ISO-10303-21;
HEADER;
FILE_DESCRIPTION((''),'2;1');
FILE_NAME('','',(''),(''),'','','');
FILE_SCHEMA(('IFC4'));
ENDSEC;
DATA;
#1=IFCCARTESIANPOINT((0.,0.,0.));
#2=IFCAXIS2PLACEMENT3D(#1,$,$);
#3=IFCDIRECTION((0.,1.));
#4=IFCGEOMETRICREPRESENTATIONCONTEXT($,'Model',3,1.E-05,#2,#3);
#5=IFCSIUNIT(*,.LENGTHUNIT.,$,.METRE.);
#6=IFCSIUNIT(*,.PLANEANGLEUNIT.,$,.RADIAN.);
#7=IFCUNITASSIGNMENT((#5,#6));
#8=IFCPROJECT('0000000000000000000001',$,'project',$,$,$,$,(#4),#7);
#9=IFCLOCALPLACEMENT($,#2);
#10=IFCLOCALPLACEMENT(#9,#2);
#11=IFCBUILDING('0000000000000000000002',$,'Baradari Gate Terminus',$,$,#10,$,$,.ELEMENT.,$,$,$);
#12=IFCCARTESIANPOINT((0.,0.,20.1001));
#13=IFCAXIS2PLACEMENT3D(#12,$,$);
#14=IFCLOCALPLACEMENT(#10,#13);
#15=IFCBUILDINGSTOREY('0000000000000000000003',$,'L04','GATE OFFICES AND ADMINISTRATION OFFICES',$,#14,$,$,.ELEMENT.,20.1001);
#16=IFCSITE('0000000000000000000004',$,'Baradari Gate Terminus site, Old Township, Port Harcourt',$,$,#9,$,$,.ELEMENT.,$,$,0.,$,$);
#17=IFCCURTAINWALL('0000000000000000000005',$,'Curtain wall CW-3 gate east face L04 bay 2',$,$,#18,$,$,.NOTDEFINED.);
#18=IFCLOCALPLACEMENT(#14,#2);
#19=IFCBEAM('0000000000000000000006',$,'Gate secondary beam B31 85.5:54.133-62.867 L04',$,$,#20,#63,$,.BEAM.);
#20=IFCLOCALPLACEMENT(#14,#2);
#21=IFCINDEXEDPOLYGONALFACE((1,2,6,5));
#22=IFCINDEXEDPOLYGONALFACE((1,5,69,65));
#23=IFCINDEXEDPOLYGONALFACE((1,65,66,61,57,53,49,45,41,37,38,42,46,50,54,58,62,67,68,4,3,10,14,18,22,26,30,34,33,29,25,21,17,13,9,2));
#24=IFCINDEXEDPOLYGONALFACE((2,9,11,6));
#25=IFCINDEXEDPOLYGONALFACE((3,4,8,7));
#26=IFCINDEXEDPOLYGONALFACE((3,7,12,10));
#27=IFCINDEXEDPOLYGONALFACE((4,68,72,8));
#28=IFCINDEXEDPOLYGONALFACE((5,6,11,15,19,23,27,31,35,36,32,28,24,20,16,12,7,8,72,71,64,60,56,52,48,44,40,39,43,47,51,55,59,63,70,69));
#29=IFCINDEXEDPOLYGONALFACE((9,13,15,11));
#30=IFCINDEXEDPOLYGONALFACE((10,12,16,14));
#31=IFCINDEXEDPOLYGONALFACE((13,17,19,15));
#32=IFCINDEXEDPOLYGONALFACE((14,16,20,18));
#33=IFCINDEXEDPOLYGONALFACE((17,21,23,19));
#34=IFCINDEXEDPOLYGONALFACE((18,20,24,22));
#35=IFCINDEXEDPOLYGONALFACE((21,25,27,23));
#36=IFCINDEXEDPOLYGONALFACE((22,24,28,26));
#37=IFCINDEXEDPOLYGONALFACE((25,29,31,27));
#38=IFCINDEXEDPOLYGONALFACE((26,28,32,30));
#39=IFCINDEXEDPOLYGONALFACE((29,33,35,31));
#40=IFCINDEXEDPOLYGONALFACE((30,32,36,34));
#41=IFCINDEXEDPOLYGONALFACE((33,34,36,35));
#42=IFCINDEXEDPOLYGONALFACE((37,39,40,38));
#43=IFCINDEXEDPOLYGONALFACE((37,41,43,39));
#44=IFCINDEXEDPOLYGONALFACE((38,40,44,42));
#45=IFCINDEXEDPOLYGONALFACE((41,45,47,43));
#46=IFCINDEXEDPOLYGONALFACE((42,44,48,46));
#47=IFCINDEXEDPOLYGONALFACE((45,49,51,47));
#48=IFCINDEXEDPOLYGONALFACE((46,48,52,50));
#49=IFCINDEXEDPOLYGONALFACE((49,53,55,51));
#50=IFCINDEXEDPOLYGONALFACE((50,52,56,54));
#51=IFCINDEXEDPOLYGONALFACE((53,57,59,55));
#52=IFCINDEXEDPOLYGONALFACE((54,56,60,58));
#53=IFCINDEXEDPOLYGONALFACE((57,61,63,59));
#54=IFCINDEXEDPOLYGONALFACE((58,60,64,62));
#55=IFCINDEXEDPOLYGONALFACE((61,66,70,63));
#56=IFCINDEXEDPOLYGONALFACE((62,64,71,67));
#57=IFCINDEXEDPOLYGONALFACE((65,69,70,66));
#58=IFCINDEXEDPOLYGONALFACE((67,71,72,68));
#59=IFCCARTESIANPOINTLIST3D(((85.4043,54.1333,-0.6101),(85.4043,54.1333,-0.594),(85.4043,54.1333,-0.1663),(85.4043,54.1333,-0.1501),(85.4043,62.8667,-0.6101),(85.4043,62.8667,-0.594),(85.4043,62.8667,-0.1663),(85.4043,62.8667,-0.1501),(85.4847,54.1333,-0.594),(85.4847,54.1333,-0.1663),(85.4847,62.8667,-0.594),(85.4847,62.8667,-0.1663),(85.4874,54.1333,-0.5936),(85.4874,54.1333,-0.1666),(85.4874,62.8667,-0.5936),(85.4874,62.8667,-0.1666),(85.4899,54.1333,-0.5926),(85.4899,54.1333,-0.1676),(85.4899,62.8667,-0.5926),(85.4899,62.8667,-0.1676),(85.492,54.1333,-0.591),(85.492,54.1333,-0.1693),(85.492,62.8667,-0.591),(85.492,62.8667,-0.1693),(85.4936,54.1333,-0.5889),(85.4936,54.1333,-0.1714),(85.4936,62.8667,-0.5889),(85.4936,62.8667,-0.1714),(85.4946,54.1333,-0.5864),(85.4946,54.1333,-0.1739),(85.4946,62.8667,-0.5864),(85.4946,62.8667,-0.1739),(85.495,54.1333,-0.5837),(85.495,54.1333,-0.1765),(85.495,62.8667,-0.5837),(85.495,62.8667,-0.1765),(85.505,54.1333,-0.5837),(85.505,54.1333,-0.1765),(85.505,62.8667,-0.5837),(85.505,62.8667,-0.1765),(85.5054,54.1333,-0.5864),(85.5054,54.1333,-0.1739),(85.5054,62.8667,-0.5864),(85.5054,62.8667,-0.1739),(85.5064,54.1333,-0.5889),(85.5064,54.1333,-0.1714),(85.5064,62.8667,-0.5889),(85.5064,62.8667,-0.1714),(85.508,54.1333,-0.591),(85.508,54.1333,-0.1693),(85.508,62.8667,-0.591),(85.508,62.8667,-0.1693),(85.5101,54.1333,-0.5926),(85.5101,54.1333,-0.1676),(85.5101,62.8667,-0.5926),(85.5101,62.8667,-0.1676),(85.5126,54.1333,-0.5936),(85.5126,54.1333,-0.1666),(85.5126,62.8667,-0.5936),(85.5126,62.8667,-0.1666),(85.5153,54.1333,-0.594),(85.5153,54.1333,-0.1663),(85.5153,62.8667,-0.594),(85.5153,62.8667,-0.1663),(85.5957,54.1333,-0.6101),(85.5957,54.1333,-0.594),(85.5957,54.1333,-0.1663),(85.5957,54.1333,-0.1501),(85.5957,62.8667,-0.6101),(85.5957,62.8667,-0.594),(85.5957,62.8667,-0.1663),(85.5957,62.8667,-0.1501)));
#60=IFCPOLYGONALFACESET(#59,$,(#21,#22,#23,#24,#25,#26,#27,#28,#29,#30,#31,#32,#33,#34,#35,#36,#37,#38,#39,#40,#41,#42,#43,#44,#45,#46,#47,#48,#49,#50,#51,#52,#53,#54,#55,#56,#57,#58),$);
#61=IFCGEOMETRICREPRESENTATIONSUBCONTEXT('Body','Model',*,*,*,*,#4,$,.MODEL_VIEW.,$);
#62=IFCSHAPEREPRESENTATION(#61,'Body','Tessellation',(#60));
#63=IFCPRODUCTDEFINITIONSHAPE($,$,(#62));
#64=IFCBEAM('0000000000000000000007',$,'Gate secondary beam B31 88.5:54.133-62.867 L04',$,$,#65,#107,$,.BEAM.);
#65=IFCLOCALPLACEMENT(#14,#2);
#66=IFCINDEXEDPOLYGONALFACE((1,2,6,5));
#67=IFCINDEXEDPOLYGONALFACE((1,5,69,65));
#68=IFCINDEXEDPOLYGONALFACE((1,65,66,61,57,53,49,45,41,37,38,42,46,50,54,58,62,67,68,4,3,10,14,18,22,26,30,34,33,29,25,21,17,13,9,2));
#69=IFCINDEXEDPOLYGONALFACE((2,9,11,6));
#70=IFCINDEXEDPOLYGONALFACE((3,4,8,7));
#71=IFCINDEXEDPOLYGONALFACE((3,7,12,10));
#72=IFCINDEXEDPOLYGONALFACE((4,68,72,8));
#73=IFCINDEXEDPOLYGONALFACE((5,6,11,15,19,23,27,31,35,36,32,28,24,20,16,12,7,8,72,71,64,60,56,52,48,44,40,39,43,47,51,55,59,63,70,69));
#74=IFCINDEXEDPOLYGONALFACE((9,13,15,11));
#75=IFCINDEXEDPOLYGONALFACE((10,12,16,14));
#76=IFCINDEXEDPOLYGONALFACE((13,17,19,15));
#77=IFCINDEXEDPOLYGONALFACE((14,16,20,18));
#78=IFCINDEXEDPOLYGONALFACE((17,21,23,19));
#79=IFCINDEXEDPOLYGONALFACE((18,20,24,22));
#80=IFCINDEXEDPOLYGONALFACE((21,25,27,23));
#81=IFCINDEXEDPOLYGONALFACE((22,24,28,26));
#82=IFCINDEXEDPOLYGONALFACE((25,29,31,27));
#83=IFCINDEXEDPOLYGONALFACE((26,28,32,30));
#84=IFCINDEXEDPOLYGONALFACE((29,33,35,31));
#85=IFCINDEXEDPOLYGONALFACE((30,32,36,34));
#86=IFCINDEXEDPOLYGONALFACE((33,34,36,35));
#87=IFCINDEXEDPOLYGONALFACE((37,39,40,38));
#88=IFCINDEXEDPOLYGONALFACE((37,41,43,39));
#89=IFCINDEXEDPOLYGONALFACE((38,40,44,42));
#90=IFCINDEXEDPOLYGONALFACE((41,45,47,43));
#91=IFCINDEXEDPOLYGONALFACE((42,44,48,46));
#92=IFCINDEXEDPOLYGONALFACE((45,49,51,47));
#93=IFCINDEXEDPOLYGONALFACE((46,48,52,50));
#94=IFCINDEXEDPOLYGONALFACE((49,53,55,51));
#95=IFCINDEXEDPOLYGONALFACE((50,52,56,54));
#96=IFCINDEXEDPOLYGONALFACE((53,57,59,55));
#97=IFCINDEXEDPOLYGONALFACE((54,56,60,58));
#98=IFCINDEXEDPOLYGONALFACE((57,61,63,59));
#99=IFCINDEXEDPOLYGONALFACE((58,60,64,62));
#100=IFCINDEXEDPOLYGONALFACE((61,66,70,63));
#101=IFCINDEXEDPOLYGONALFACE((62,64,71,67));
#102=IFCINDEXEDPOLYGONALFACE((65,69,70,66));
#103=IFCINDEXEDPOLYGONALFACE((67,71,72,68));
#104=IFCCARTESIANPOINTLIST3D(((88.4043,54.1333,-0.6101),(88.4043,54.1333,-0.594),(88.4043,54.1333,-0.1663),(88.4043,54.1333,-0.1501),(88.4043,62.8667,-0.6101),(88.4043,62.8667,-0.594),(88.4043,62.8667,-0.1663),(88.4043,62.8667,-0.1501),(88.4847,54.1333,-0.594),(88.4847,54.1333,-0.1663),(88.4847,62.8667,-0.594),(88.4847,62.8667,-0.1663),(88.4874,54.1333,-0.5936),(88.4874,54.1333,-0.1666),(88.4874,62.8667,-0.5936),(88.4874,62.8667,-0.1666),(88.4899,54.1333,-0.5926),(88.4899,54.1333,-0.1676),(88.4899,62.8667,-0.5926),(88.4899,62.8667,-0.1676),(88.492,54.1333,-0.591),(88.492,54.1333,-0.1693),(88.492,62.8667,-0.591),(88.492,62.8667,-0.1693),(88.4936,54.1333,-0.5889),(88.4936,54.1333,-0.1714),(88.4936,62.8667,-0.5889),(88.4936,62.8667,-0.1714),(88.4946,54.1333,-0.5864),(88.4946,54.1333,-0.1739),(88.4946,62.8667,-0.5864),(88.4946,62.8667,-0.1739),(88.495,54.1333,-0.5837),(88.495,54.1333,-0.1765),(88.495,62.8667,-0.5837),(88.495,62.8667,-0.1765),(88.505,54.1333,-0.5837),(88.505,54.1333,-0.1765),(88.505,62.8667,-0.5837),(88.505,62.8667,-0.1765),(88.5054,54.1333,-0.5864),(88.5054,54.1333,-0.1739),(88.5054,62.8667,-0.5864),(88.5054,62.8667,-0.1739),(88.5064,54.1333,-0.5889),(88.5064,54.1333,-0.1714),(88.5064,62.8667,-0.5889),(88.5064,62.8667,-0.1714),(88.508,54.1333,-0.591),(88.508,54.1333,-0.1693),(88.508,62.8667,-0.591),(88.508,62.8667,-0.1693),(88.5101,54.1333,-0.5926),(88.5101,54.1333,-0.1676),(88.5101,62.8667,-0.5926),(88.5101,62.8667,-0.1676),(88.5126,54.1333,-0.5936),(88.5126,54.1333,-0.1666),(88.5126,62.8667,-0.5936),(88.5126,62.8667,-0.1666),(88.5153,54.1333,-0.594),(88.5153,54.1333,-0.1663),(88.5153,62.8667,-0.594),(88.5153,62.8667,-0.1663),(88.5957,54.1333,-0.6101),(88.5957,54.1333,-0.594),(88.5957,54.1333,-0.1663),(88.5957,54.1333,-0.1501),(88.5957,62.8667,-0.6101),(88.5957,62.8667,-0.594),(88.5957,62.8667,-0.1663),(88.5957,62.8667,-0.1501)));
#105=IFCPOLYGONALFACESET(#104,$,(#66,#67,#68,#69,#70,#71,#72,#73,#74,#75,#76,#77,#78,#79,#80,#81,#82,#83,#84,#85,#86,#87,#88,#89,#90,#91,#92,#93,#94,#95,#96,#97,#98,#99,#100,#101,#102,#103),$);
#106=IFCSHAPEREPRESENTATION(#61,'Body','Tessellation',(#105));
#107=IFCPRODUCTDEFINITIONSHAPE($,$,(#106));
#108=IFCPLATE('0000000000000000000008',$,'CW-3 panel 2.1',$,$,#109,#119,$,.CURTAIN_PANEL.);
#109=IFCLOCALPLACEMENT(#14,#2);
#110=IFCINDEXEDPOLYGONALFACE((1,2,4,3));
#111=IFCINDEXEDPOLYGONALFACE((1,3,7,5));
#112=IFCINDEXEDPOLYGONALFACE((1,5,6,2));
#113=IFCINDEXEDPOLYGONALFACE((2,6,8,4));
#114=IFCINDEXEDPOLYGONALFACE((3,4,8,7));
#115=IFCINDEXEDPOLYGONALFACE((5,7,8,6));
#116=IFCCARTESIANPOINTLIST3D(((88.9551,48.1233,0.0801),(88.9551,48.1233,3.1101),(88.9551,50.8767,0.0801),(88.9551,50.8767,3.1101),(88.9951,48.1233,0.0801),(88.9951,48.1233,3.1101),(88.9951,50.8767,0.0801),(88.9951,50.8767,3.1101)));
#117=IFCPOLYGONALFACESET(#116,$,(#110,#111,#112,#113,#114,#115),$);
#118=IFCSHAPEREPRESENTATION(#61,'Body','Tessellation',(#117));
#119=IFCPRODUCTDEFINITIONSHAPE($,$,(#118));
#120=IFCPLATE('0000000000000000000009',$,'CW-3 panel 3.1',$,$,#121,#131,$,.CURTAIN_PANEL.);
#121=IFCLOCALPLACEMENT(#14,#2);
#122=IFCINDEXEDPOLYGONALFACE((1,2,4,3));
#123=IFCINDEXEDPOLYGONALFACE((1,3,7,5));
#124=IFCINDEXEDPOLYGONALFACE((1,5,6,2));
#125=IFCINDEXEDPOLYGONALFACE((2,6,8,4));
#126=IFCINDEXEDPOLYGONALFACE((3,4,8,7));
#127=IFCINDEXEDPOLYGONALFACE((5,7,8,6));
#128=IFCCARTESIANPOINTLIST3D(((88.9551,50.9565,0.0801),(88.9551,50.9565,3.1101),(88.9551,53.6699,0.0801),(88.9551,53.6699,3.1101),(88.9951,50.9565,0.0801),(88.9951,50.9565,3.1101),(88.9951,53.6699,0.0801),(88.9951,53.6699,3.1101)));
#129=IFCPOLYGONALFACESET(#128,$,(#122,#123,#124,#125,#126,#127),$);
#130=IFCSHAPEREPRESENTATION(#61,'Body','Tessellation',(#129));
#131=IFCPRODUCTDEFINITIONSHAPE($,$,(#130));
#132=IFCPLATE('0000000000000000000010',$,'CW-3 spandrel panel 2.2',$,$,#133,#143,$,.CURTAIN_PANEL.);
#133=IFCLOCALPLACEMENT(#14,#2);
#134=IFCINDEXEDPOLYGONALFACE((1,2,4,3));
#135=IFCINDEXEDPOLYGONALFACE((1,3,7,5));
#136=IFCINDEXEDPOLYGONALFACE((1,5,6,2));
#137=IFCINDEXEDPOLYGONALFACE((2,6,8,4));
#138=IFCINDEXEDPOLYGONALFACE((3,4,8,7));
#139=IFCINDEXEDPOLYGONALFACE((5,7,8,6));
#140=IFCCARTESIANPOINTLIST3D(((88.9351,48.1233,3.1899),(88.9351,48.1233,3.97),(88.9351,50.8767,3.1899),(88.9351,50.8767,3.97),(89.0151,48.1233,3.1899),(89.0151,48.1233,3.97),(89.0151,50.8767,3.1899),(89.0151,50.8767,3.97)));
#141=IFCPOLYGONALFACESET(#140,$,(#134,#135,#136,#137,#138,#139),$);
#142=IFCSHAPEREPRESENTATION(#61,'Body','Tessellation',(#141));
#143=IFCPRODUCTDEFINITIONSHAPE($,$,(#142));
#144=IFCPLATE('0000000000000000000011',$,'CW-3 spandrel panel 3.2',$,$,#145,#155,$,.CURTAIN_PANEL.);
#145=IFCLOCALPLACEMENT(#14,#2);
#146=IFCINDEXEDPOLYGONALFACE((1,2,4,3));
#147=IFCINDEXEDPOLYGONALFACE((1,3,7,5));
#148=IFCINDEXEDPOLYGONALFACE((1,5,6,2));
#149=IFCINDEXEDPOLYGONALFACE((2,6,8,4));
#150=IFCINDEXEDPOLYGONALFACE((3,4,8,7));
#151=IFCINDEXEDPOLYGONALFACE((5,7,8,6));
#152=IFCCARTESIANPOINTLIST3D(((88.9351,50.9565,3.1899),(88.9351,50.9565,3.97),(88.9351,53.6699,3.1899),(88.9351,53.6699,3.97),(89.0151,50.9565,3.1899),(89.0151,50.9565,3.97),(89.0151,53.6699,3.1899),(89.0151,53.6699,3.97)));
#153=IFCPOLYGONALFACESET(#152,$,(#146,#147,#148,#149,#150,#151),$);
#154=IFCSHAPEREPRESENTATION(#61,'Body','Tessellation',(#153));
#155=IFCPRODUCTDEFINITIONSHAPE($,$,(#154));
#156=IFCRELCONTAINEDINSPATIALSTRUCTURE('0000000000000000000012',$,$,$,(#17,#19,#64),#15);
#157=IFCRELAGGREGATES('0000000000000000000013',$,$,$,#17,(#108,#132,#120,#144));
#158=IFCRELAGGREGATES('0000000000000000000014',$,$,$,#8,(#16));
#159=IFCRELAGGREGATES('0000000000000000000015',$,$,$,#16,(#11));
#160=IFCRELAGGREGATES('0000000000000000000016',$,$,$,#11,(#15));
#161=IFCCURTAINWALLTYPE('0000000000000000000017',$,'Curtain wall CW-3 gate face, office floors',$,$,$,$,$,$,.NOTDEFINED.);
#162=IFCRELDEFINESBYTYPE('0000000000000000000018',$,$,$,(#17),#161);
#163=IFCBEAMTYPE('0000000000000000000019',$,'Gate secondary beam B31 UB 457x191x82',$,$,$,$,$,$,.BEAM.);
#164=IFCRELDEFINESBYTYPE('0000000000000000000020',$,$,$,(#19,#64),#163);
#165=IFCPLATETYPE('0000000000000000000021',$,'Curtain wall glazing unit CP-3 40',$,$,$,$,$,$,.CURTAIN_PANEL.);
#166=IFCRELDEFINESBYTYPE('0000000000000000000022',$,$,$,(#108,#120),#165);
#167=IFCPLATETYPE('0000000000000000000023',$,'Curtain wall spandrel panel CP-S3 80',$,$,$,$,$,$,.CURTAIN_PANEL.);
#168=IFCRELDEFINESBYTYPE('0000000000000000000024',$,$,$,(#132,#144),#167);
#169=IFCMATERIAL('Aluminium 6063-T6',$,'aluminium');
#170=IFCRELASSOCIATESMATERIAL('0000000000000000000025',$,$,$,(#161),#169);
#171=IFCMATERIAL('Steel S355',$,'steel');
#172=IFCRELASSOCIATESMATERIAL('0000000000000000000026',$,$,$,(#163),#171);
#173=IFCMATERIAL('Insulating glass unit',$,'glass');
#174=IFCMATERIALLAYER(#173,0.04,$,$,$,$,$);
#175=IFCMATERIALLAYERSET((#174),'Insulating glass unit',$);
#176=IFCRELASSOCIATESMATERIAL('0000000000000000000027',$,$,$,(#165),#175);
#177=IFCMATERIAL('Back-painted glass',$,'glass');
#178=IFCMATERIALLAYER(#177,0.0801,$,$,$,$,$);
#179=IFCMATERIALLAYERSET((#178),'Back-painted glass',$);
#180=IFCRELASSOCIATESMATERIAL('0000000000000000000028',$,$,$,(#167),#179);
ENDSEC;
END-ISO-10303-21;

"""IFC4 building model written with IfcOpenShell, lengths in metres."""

from ifc_helpers import new_model, si_unit, direction, frame, origin, origin_2d, place, context, subcontext, project, spatial, rectangle, i_section, extrude, material, layer, layer_set, material_profile, profile_set, type_object, element, aggregate, save


model = new_model("IFC4")

# Units and contexts
model_context = context("Model", 3, precision=1e-05, world=origin(), true_north=direction((0.0, 1.0)))
body_context = subcontext(model_context, "Body", "Model", "MODEL_VIEW")
ifc_project = project(units=[si_unit("LENGTHUNIT", "METRE"), si_unit("PLANEANGLEUNIT", "RADIAN")], contexts=[model_context])

# Site, building, storey
site_placement = place(None, origin())
site = spatial("IfcSite", under=ifc_project, at=site_placement, Name="Baradari Gate Terminus site, Old Township, Port Harcourt", CompositionType="ELEMENT", RefElevation=0.0)
building_placement = place(site_placement, origin())
building = spatial("IfcBuilding", under=site, at=building_placement, Name="Baradari Gate Terminus", CompositionType="ELEMENT")
storey_placement = place(building_placement, frame((0.0, 0.0, 20.1001)))
storey = spatial("IfcBuildingStorey", under=building, at=storey_placement, Name="L04", Description="GATE OFFICES AND ADMINISTRATION OFFICES", CompositionType="ELEMENT", Elevation=20.1001)

# Curtain wall
ifc_material_1 = material(Name="Aluminium 6063-T6", Category="aluminium")
curtain_wall_type = type_object("IfcCurtainWallType", Name="Curtain wall CW-3 gate face, office floors", PredefinedType="NOTDEFINED", material=ifc_material_1)
curtain_wall_placement = place(storey_placement, origin())
curtain_wall = element("IfcCurtainWall", 1, at=curtain_wall_placement, inside=storey, type_object=curtain_wall_type, Name="Curtain wall CW-3 gate east face L04 bay 2", PredefinedType="NOTDEFINED")

# Beams
ifc_material_2 = material(Name="Steel S355", Category="steel")
ifc_material_profile_1 = material_profile(ifc_material_2, i_section(OverallWidth=0.1914, OverallDepth=0.46, WebThickness=0.01, FlangeThickness=0.0161, FilletRadius=0.0103, at=origin_2d()), Name="UB 457x191x82")
ifc_profile_set_1 = profile_set([ifc_material_profile_1], Name="Steel S355")
beam_type_1 = type_object("IfcBeamType", Name="Gate secondary beam B31 UB 457x191x82", PredefinedType="BEAM", material=ifc_profile_set_1)
for number, where, z_axis, x_axis, name in (
    (2, (85.5, 54.1333, -0.3801), (0.0, 1.0, 0.0), (-1.0, 0.0, 0.0), "Gate secondary beam B31 85.5:54.133-62.867 L04"),
    (3, (88.5, 54.1333, -0.3801), (0.0, 1.0, 0.0), (-1.0, 0.0, 0.0), "Gate secondary beam B31 88.5:54.133-62.867 L04"),
):
    element("IfcBeam", number, at=place(storey_placement, frame(where, z_axis=z_axis, x_axis=x_axis)), inside=storey, type_object=beam_type_1, Name=name, PredefinedType="BEAM", context=body_context, shape_type="SweptSolid", body=[
        extrude(i_section(OverallWidth=0.1914, OverallDepth=0.46, WebThickness=0.01, FlangeThickness=0.0161, FilletRadius=0.0103, at=origin_2d()), origin(), (0.0, 0.0, 1.0), 8.7334),
    ])

# Plates
ifc_material_3 = material(Name="Insulating glass unit", Category="glass")
ifc_layer_1 = layer(ifc_material_3, 0.04)
ifc_layer_set_1 = layer_set([ifc_layer_1], Name="Insulating glass unit")
plate_type_1 = type_object("IfcPlateType", Name="Curtain wall glazing unit CP-3 40", PredefinedType="CURTAIN_PANEL", material=ifc_layer_set_1)
plate_1_placement = place(storey_placement, frame((88.9751, 49.5, 0.0801), z_axis=(0.0, 0.0, 1.0), x_axis=(0.0, 1.0, 0.0)))
plate_1 = element("IfcPlate", 4, at=plate_1_placement, type_object=plate_type_1, Name="CW-3 panel 2.1", PredefinedType="CURTAIN_PANEL", context=body_context, shape_type="SweptSolid", body=[
    extrude(rectangle(XDim=2.7534, YDim=0.04, at=origin_2d()), origin(), (0.0, 0.0, 1.0), 3.03),
])
plate_2_placement = place(storey_placement, frame((88.9751, 52.3132, 0.0801), z_axis=(0.0, 0.0, 1.0), x_axis=(0.0, 1.0, 0.0)))
plate_2 = element("IfcPlate", 5, at=plate_2_placement, type_object=plate_type_1, Name="CW-3 panel 3.1", PredefinedType="CURTAIN_PANEL", context=body_context, shape_type="SweptSolid", body=[
    extrude(rectangle(XDim=2.7134, YDim=0.04, at=origin_2d()), origin(), (0.0, 0.0, 1.0), 3.03),
])
ifc_material_4 = material(Name="Back-painted glass", Category="glass")
ifc_layer_2 = layer(ifc_material_4, 0.0801)
ifc_layer_set_2 = layer_set([ifc_layer_2], Name="Back-painted glass")
plate_type_2 = type_object("IfcPlateType", Name="Curtain wall spandrel panel CP-S3 80", PredefinedType="CURTAIN_PANEL", material=ifc_layer_set_2)
plate_3_placement = place(storey_placement, frame((88.9751, 49.5, 3.1899), z_axis=(0.0, 0.0, 1.0), x_axis=(0.0, 1.0, 0.0)))
plate_3 = element("IfcPlate", 6, at=plate_3_placement, type_object=plate_type_2, Name="CW-3 spandrel panel 2.2", PredefinedType="CURTAIN_PANEL", context=body_context, shape_type="SweptSolid", body=[
    extrude(rectangle(XDim=2.7534, YDim=0.0801, at=origin_2d()), origin(), (0.0, 0.0, 1.0), 0.78),
])
plate_4_placement = place(storey_placement, frame((88.9751, 52.3132, 3.1899), z_axis=(0.0, 0.0, 1.0), x_axis=(0.0, 1.0, 0.0)))
plate_4 = element("IfcPlate", 7, at=plate_4_placement, type_object=plate_type_2, Name="CW-3 spandrel panel 3.2", PredefinedType="CURTAIN_PANEL", context=body_context, shape_type="SweptSolid", body=[
    extrude(rectangle(XDim=2.7134, YDim=0.0801, at=origin_2d()), origin(), (0.0, 0.0, 1.0), 0.78),
])
aggregate(curtain_wall, [plate_1, plate_3, plate_2, plate_4])

save(model, "model.ifc")
